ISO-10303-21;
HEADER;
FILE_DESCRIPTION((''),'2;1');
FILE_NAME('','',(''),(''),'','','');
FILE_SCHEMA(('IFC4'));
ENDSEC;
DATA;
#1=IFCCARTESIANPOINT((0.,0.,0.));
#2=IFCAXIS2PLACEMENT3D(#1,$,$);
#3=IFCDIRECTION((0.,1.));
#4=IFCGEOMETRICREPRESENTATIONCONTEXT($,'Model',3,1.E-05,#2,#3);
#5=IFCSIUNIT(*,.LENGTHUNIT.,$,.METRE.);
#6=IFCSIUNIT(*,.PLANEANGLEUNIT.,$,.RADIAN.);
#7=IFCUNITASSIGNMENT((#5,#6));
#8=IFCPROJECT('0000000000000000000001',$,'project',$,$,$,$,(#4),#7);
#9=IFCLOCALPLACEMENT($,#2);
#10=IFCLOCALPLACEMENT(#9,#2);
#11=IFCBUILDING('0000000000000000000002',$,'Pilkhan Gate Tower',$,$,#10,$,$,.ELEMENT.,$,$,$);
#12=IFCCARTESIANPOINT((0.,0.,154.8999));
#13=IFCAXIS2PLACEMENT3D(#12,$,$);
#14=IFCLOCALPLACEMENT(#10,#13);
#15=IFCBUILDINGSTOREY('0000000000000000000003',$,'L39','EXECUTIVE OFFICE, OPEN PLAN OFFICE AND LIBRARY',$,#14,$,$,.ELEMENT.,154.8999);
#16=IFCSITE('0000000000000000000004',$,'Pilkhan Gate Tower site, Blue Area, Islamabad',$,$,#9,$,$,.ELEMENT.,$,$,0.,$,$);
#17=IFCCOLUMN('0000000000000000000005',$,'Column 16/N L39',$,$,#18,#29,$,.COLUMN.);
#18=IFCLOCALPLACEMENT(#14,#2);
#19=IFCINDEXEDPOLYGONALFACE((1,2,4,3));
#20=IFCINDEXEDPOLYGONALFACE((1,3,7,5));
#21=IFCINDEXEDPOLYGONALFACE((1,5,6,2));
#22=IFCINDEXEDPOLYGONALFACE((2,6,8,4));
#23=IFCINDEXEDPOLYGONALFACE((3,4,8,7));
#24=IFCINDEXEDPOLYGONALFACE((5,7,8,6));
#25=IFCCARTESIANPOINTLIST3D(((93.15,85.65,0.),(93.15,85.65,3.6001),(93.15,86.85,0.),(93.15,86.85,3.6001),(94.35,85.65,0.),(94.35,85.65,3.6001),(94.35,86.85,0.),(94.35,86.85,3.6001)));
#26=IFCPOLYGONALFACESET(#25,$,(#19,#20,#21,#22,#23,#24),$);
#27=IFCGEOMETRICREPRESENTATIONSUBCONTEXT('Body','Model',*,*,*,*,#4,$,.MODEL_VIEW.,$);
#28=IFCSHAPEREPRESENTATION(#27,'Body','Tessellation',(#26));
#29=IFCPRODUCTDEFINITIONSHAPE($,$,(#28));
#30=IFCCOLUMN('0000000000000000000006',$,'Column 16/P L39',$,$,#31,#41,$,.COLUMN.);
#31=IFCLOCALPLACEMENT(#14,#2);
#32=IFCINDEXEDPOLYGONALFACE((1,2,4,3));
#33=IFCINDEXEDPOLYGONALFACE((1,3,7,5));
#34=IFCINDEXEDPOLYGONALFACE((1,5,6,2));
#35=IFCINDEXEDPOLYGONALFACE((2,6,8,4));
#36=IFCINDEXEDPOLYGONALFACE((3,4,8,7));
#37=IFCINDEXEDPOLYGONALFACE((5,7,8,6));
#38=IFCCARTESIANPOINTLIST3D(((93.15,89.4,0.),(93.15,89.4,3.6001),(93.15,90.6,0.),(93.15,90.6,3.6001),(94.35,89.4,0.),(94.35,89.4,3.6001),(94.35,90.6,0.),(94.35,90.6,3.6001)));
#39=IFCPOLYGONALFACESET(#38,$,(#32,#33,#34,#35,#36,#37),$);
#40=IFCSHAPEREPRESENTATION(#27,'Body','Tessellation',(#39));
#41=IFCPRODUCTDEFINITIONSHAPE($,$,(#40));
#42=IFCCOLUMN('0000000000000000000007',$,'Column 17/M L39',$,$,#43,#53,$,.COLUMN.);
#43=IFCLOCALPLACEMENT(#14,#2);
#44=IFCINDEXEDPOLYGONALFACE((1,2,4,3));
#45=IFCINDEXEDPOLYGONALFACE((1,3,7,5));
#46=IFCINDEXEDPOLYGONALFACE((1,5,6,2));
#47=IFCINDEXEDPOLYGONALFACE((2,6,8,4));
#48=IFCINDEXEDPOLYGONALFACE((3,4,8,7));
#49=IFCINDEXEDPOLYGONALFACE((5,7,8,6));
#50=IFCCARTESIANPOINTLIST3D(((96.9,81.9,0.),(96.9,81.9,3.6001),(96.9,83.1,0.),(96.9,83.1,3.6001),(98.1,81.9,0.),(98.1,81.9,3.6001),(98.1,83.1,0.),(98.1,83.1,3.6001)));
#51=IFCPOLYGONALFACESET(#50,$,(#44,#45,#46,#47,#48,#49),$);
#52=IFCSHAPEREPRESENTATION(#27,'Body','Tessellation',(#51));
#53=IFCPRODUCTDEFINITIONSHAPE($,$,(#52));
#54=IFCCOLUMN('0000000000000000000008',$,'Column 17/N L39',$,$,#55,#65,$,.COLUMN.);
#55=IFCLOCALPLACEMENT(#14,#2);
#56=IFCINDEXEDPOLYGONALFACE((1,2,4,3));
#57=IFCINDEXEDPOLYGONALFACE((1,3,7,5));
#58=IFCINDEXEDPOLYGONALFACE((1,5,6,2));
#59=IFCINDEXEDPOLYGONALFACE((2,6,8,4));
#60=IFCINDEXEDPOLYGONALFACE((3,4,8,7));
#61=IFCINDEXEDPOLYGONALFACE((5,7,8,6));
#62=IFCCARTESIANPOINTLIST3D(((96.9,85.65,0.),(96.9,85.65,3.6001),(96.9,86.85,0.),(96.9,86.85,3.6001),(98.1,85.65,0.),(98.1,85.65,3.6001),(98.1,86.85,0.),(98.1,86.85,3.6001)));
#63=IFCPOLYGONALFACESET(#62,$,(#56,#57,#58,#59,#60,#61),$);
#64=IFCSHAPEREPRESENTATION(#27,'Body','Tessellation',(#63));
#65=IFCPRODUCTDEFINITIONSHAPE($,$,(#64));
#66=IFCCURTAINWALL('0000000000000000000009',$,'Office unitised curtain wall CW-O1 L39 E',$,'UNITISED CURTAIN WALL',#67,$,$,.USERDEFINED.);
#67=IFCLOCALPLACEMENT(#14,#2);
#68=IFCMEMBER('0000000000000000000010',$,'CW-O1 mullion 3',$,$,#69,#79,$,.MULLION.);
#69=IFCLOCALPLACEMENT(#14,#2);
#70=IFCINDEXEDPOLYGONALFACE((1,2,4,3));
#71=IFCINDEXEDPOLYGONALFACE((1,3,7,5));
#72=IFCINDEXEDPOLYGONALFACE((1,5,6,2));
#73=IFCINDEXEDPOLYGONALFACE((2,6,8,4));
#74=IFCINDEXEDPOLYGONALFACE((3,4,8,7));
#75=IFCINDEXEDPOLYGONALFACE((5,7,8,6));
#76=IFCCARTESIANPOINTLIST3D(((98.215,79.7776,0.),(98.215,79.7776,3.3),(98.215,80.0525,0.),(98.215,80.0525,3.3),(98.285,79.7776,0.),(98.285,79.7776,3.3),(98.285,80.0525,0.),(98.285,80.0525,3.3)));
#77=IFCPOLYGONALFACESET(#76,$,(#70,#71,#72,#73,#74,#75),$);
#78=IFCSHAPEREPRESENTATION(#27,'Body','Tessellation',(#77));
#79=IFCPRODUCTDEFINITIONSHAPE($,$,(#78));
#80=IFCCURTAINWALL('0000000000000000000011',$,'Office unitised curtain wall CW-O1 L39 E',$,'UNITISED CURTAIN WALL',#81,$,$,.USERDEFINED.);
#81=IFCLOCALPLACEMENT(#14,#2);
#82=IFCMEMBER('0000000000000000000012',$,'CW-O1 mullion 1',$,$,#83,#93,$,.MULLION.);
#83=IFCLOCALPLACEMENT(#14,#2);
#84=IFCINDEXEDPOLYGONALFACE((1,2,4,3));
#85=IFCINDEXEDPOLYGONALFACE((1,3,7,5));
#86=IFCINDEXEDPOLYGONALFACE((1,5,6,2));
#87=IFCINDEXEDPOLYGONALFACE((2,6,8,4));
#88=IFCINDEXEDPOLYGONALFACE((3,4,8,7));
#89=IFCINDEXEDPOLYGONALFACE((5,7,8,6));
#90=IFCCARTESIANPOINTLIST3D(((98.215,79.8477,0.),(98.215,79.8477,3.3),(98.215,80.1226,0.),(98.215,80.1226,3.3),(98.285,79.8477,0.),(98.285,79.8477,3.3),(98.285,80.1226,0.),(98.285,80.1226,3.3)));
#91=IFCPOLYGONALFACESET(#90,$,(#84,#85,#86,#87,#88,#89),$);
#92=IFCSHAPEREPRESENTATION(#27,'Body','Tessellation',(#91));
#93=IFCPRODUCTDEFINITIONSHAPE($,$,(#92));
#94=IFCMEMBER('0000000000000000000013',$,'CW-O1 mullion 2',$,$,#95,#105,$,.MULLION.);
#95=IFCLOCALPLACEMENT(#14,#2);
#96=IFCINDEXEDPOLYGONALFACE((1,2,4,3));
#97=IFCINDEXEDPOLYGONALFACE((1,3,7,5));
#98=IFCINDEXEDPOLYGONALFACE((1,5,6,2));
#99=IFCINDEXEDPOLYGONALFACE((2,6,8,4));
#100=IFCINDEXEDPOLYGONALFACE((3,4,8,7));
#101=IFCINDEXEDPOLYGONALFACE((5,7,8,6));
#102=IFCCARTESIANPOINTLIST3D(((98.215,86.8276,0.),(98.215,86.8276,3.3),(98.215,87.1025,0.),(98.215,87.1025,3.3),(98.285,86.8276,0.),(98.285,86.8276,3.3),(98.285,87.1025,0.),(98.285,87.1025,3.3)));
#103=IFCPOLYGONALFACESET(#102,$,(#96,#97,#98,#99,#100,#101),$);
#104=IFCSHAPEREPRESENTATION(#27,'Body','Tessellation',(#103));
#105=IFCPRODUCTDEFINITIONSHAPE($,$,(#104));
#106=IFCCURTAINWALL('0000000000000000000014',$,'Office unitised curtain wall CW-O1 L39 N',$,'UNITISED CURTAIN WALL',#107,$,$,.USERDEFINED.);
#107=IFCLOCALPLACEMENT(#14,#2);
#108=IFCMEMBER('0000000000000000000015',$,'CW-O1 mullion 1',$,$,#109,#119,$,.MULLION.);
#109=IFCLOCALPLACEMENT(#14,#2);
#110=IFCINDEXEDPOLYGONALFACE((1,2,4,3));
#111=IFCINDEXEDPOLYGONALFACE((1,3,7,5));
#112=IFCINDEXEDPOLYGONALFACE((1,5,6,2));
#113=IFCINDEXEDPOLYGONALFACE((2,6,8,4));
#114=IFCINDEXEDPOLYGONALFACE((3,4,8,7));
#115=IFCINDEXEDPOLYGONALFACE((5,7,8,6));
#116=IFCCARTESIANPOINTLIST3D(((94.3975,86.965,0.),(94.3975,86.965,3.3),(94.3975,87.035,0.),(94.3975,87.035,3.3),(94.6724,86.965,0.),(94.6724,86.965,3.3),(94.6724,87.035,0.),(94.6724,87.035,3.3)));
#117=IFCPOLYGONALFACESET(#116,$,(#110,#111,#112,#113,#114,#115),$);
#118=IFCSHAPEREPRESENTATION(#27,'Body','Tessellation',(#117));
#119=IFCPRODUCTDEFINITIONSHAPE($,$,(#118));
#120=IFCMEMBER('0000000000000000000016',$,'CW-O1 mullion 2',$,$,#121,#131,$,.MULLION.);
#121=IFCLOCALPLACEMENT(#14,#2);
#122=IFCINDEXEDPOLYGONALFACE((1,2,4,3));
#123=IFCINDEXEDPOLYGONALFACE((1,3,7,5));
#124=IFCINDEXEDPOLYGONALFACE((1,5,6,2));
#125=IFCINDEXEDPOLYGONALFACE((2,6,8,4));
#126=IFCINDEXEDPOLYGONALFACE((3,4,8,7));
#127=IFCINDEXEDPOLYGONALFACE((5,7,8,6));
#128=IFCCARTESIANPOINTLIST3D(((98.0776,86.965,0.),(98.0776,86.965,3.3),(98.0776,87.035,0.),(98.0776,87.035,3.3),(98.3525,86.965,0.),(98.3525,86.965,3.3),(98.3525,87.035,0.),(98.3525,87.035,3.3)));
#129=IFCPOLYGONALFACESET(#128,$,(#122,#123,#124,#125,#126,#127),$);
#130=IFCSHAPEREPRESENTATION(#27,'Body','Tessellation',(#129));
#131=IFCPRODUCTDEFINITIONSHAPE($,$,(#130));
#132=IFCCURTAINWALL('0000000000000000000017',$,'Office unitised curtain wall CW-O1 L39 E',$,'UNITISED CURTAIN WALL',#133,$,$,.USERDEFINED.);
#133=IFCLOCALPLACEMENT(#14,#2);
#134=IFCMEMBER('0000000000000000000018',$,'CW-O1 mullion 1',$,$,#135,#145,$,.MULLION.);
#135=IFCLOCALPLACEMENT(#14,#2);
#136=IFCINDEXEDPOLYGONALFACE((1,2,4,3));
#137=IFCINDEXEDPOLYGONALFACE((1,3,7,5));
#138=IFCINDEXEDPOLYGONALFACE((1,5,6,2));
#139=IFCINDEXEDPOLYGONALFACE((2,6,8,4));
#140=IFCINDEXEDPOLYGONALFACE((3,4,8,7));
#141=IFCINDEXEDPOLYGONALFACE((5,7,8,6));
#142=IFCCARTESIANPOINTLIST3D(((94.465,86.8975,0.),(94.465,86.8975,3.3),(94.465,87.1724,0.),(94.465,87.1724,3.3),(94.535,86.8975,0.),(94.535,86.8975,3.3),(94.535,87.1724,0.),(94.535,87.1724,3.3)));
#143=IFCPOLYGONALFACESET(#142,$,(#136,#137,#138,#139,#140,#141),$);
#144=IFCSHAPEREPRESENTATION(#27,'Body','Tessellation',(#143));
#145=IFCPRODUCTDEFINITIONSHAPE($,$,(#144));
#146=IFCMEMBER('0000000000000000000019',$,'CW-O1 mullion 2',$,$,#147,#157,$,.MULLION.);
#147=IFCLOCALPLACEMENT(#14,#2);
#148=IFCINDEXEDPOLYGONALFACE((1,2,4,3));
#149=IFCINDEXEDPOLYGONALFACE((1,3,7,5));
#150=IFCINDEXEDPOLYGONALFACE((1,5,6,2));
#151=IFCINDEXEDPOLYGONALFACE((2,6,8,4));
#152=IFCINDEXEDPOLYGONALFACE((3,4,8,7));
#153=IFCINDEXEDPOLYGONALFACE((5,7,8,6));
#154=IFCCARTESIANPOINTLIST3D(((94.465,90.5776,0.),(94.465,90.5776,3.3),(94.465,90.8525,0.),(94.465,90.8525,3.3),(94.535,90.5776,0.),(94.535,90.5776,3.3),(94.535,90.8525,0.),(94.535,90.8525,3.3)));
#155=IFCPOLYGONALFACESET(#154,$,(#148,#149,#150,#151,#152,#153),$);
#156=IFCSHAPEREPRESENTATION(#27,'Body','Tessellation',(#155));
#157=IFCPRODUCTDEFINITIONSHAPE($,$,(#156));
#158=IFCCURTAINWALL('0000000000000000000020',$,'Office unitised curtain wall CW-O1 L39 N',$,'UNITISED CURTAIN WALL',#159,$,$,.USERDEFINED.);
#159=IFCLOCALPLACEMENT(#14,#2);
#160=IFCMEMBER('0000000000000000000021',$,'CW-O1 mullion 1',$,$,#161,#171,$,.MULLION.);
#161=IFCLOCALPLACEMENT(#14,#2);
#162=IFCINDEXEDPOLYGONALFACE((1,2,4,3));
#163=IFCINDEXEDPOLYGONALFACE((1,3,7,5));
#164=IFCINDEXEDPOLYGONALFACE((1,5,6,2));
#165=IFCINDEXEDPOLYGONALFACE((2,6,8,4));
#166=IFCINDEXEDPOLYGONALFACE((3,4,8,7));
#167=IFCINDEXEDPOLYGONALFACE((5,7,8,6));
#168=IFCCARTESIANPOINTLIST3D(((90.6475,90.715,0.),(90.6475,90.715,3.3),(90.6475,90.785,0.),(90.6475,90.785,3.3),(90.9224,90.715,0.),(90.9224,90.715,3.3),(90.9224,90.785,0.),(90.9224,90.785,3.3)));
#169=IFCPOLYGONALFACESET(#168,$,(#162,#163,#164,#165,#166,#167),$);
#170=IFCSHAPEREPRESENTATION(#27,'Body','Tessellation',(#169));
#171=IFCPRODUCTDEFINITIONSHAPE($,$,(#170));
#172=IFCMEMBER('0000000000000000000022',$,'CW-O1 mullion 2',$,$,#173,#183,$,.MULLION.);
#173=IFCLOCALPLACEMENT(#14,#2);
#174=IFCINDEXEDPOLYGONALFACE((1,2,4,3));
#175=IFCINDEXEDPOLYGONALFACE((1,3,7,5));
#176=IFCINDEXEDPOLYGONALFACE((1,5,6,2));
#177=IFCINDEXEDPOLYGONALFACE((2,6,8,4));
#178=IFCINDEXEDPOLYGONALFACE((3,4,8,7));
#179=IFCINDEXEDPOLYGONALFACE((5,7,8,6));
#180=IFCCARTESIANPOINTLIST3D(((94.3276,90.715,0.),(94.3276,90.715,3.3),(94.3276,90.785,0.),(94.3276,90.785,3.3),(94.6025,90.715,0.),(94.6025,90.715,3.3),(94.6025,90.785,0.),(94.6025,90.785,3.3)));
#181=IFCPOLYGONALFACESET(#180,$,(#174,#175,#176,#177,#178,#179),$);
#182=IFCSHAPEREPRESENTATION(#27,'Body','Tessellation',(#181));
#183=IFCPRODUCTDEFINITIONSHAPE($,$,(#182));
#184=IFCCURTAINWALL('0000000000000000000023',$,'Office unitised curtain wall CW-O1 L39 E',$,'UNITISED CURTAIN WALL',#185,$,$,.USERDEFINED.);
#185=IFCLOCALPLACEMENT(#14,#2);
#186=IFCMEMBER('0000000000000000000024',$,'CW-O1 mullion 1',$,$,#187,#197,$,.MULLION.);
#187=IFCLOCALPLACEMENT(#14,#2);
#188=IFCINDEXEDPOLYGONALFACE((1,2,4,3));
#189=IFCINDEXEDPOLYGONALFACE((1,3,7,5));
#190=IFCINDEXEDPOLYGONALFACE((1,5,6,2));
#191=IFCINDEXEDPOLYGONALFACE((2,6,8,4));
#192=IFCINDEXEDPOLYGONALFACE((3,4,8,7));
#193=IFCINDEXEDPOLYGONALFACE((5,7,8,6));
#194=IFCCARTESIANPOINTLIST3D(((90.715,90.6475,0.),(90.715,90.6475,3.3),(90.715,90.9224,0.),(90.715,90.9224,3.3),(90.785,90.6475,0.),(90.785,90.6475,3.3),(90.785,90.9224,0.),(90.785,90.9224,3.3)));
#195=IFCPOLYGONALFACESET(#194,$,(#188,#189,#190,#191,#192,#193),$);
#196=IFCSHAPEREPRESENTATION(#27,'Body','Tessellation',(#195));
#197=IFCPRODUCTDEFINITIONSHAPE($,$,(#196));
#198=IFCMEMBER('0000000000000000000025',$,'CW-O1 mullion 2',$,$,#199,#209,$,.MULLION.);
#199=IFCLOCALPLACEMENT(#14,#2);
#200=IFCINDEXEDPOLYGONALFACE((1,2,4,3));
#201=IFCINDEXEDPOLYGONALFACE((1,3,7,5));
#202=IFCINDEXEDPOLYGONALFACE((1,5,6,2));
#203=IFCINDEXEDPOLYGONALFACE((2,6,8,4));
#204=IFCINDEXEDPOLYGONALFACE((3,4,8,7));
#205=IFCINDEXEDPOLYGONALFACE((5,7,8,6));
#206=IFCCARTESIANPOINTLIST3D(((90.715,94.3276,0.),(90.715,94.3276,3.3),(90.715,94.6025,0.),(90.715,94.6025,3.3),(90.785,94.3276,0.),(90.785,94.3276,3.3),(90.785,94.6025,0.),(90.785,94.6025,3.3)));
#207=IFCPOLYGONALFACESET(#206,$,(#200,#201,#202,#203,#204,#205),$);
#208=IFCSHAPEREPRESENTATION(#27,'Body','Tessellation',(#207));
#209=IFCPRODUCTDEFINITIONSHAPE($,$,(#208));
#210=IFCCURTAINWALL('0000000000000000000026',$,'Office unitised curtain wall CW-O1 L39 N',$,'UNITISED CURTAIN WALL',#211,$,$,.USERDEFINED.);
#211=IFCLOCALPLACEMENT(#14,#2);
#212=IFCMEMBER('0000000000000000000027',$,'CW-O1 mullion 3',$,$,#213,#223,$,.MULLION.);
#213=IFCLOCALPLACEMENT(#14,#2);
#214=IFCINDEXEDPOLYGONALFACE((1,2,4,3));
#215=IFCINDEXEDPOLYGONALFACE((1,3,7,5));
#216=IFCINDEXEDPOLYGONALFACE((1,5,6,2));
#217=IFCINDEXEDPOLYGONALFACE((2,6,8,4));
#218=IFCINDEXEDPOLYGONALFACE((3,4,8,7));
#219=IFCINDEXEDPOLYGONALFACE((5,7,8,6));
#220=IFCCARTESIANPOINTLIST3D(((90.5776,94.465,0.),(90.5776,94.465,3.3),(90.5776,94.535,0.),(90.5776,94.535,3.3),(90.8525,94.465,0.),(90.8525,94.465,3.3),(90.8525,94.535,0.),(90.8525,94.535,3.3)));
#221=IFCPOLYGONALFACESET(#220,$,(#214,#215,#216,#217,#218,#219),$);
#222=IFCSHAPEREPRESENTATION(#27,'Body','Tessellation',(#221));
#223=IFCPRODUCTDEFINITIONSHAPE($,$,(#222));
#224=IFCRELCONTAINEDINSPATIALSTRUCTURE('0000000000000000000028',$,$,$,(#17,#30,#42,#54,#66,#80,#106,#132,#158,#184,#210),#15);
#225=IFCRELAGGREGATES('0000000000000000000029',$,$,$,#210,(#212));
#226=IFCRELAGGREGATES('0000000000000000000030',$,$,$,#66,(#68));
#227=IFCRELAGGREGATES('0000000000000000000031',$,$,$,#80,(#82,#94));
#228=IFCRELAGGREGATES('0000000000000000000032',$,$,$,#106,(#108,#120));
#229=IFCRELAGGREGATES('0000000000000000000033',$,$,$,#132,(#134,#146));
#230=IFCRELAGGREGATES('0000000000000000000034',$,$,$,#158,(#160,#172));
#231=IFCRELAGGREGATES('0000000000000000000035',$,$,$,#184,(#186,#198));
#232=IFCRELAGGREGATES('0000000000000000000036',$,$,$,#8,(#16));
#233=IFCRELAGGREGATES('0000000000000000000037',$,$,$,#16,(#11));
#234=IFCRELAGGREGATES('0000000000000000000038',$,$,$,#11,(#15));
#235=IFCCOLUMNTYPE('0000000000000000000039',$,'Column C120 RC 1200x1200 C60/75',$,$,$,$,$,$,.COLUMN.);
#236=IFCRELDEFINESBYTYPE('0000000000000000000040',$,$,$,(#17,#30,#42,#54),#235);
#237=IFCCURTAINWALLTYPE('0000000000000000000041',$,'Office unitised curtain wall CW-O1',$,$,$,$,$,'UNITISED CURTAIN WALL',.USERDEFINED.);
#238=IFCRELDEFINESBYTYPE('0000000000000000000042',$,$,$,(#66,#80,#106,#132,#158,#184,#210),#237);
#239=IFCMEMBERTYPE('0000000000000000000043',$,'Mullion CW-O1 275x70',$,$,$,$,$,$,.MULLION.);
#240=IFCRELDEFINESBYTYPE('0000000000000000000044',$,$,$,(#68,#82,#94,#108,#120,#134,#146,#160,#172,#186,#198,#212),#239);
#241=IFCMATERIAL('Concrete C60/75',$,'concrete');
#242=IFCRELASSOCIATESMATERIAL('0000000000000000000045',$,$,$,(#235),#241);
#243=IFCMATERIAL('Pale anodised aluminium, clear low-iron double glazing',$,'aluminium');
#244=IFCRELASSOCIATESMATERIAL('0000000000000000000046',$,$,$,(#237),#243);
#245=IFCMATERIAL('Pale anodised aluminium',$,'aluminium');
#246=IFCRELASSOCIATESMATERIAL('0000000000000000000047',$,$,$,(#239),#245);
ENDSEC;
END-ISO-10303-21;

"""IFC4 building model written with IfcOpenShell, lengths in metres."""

from ifc_helpers import new_model, si_unit, direction, frame, origin, origin_2d, place, context, subcontext, project, spatial, rectangle, extrude, material, material_profile, profile_set, type_object, element, aggregate, save


model = new_model("IFC4")

# Units and contexts
model_context = context("Model", 3, precision=1e-05, world=origin(), true_north=direction((0.0, 1.0)))
body_context = subcontext(model_context, "Body", "Model", "MODEL_VIEW")
ifc_project = project(units=[si_unit("LENGTHUNIT", "METRE"), si_unit("PLANEANGLEUNIT", "RADIAN")], contexts=[model_context])

# Site, building, storey
site_placement = place(None, origin())
site = spatial("IfcSite", under=ifc_project, at=site_placement, Name="Pilkhan Gate Tower site, Blue Area, Islamabad", CompositionType="ELEMENT", RefElevation=0.0)
building_placement = place(site_placement, origin())
building = spatial("IfcBuilding", under=site, at=building_placement, Name="Pilkhan Gate Tower", CompositionType="ELEMENT")
storey_placement = place(building_placement, frame((0.0, 0.0, 154.8999)))
storey = spatial("IfcBuildingStorey", under=building, at=storey_placement, Name="L39", Description="EXECUTIVE OFFICE, OPEN PLAN OFFICE AND LIBRARY", CompositionType="ELEMENT", Elevation=154.8999)

# Columns
ifc_material_1 = material(Name="Concrete C60/75", Category="concrete")
ifc_material_profile_1 = material_profile(ifc_material_1, rectangle(XDim=1.2, YDim=1.2, at=origin_2d()), Name="RC 1200x1200")
ifc_profile_set_1 = profile_set([ifc_material_profile_1], Name="Concrete C60/75")
column_type = type_object("IfcColumnType", Name="Column C120 RC 1200x1200 C60/75", PredefinedType="COLUMN", material=ifc_profile_set_1)
for number, where, z_axis, x_axis, name in (
    (1, (93.75, 86.25, 0.0), (0.0, 0.0, 1.0), (1.0, 0.0, 0.0), "Column 16/N L39"),
    (2, (93.75, 90.0, 0.0), (0.0, 0.0, 1.0), (1.0, 0.0, 0.0), "Column 16/P L39"),
    (3, (97.5, 82.5, 0.0), (0.0, 0.0, 1.0), (1.0, 0.0, 0.0), "Column 17/M L39"),
    (4, (97.5, 86.25, 0.0), (0.0, 0.0, 1.0), (1.0, 0.0, 0.0), "Column 17/N L39"),
):
    element("IfcColumn", number, at=place(storey_placement, frame(where, z_axis=z_axis, x_axis=x_axis)), inside=storey, type_object=column_type, Name=name, PredefinedType="COLUMN", context=body_context, shape_type="SweptSolid", body=[
        extrude(rectangle(XDim=1.2, YDim=1.2, at=origin_2d()), origin(), (0.0, 0.0, 1.0), 3.6001),
    ])

# Curtain wall, member
ifc_material_2 = material(Name="Pale anodised aluminium, clear low-iron double glazing", Category="aluminium")
curtain_wall_type = type_object("IfcCurtainWallType", Name="Office unitised curtain wall CW-O1", ElementType="UNITISED CURTAIN WALL", PredefinedType="USERDEFINED", material=ifc_material_2)
curtain_wall_1_placement = place(storey_placement, origin())
curtain_wall_1 = element("IfcCurtainWall", 5, at=curtain_wall_1_placement, inside=storey, type_object=curtain_wall_type, Name="Office unitised curtain wall CW-O1 L39 E", ObjectType="UNITISED CURTAIN WALL", PredefinedType="USERDEFINED")
ifc_material_3 = material(Name="Pale anodised aluminium", Category="aluminium")
ifc_material_profile_2 = material_profile(ifc_material_3, rectangle(XDim=0.0701, YDim=0.2749, at=origin_2d()), Name="Mullion 275x70")
ifc_profile_set_2 = profile_set([ifc_material_profile_2], Name="Pale anodised aluminium")
member_type_1 = type_object("IfcMemberType", Name="Mullion CW-O1 275x70", PredefinedType="MULLION", material=ifc_profile_set_2)
member_1_placement = place(storey_placement, frame((98.25, 79.915, 0.0), z_axis=(0.0, 0.0, 1.0), x_axis=(-1.0, 0.0, 0.0)))
member_1 = element("IfcMember", 6, at=member_1_placement, type_object=member_type_1, Name="CW-O1 mullion 3", PredefinedType="MULLION", context=body_context, shape_type="SweptSolid", body=[
    extrude(rectangle(XDim=0.0701, YDim=0.2749, at=origin_2d()), origin(), (0.0, 0.0, 1.0), 3.3),
])

# Curtain walls, members
curtain_wall_2_placement = place(storey_placement, origin())
curtain_wall_2 = element("IfcCurtainWall", 7, at=curtain_wall_2_placement, inside=storey, type_object=curtain_wall_type, Name="Office unitised curtain wall CW-O1 L39 E", ObjectType="UNITISED CURTAIN WALL", PredefinedType="USERDEFINED")
member_2_placement = place(storey_placement, frame((98.25, 79.9851, 0.0), z_axis=(0.0, 0.0, 1.0), x_axis=(-1.0, 0.0, 0.0)))
member_2 = element("IfcMember", 8, at=member_2_placement, type_object=member_type_1, Name="CW-O1 mullion 1", PredefinedType="MULLION", context=body_context, shape_type="SweptSolid", body=[
    extrude(rectangle(XDim=0.0701, YDim=0.2749, at=origin_2d()), origin(), (0.0, 0.0, 1.0), 3.3),
])
member_3_placement = place(storey_placement, frame((98.25, 86.9651, 0.0), z_axis=(0.0, 0.0, 1.0), x_axis=(-1.0, 0.0, 0.0)))
member_3 = element("IfcMember", 9, at=member_3_placement, type_object=member_type_1, Name="CW-O1 mullion 2", PredefinedType="MULLION", context=body_context, shape_type="SweptSolid", body=[
    extrude(rectangle(XDim=0.0701, YDim=0.2749, at=origin_2d()), origin(), (0.0, 0.0, 1.0), 3.3),
])
curtain_wall_3_placement = place(storey_placement, origin())
curtain_wall_3 = element("IfcCurtainWall", 10, at=curtain_wall_3_placement, inside=storey, type_object=curtain_wall_type, Name="Office unitised curtain wall CW-O1 L39 N", ObjectType="UNITISED CURTAIN WALL", PredefinedType="USERDEFINED")
member_4_placement = place(storey_placement, frame((94.5349, 87.0, 0.0), z_axis=(0.0, 0.0, 1.0), x_axis=(0.0, 1.0, 0.0)))
member_4 = element("IfcMember", 11, at=member_4_placement, type_object=member_type_1, Name="CW-O1 mullion 1", PredefinedType="MULLION", context=body_context, shape_type="SweptSolid", body=[
    extrude(rectangle(XDim=0.0701, YDim=0.2749, at=origin_2d()), origin(), (0.0, 0.0, 1.0), 3.3),
])
member_5_placement = place(storey_placement, frame((98.2151, 87.0, 0.0), z_axis=(0.0, 0.0, 1.0), x_axis=(0.0, 1.0, 0.0)))
member_5 = element("IfcMember", 12, at=member_5_placement, type_object=member_type_1, Name="CW-O1 mullion 2", PredefinedType="MULLION", context=body_context, shape_type="SweptSolid", body=[
    extrude(rectangle(XDim=0.0701, YDim=0.2749, at=origin_2d()), origin(), (0.0, 0.0, 1.0), 3.3),
])
curtain_wall_4_placement = place(storey_placement, origin())
curtain_wall_4 = element("IfcCurtainWall", 13, at=curtain_wall_4_placement, inside=storey, type_object=curtain_wall_type, Name="Office unitised curtain wall CW-O1 L39 E", ObjectType="UNITISED CURTAIN WALL", PredefinedType="USERDEFINED")
member_6_placement = place(storey_placement, frame((94.5, 87.0349, 0.0), z_axis=(0.0, 0.0, 1.0), x_axis=(-1.0, 0.0, 0.0)))
member_6 = element("IfcMember", 14, at=member_6_placement, type_object=member_type_1, Name="CW-O1 mullion 1", PredefinedType="MULLION", context=body_context, shape_type="SweptSolid", body=[
    extrude(rectangle(XDim=0.0701, YDim=0.2749, at=origin_2d()), origin(), (0.0, 0.0, 1.0), 3.3),
])
member_7_placement = place(storey_placement, frame((94.5, 90.7151, 0.0), z_axis=(0.0, 0.0, 1.0), x_axis=(-1.0, 0.0, 0.0)))
member_7 = element("IfcMember", 15, at=member_7_placement, type_object=member_type_1, Name="CW-O1 mullion 2", PredefinedType="MULLION", context=body_context, shape_type="SweptSolid", body=[
    extrude(rectangle(XDim=0.0701, YDim=0.2749, at=origin_2d()), origin(), (0.0, 0.0, 1.0), 3.3),
])
curtain_wall_5_placement = place(storey_placement, origin())
curtain_wall_5 = element("IfcCurtainWall", 16, at=curtain_wall_5_placement, inside=storey, type_object=curtain_wall_type, Name="Office unitised curtain wall CW-O1 L39 N", ObjectType="UNITISED CURTAIN WALL", PredefinedType="USERDEFINED")
member_8_placement = place(storey_placement, frame((90.7849, 90.75, 0.0), z_axis=(0.0, 0.0, 1.0), x_axis=(0.0, 1.0, 0.0)))
member_8 = element("IfcMember", 17, at=member_8_placement, type_object=member_type_1, Name="CW-O1 mullion 1", PredefinedType="MULLION", context=body_context, shape_type="SweptSolid", body=[
    extrude(rectangle(XDim=0.0701, YDim=0.2749, at=origin_2d()), origin(), (0.0, 0.0, 1.0), 3.3),
])
member_9_placement = place(storey_placement, frame((94.4651, 90.75, 0.0), z_axis=(0.0, 0.0, 1.0), x_axis=(0.0, 1.0, 0.0)))
member_9 = element("IfcMember", 18, at=member_9_placement, type_object=member_type_1, Name="CW-O1 mullion 2", PredefinedType="MULLION", context=body_context, shape_type="SweptSolid", body=[
    extrude(rectangle(XDim=0.0701, YDim=0.2749, at=origin_2d()), origin(), (0.0, 0.0, 1.0), 3.3),
])
curtain_wall_6_placement = place(storey_placement, origin())
curtain_wall_6 = element("IfcCurtainWall", 19, at=curtain_wall_6_placement, inside=storey, type_object=curtain_wall_type, Name="Office unitised curtain wall CW-O1 L39 E", ObjectType="UNITISED CURTAIN WALL", PredefinedType="USERDEFINED")
member_10_placement = place(storey_placement, frame((90.75, 90.7849, 0.0), z_axis=(0.0, 0.0, 1.0), x_axis=(-1.0, 0.0, 0.0)))
member_10 = element("IfcMember", 20, at=member_10_placement, type_object=member_type_1, Name="CW-O1 mullion 1", PredefinedType="MULLION", context=body_context, shape_type="SweptSolid", body=[
    extrude(rectangle(XDim=0.0701, YDim=0.2749, at=origin_2d()), origin(), (0.0, 0.0, 1.0), 3.3),
])
member_11_placement = place(storey_placement, frame((90.75, 94.4651, 0.0), z_axis=(0.0, 0.0, 1.0), x_axis=(-1.0, 0.0, 0.0)))
member_11 = element("IfcMember", 21, at=member_11_placement, type_object=member_type_1, Name="CW-O1 mullion 2", PredefinedType="MULLION", context=body_context, shape_type="SweptSolid", body=[
    extrude(rectangle(XDim=0.0701, YDim=0.2749, at=origin_2d()), origin(), (0.0, 0.0, 1.0), 3.3),
])

# Curtain wall, member
curtain_wall_7_placement = place(storey_placement, origin())
curtain_wall_7 = element("IfcCurtainWall", 22, at=curtain_wall_7_placement, inside=storey, type_object=curtain_wall_type, Name="Office unitised curtain wall CW-O1 L39 N", ObjectType="UNITISED CURTAIN WALL", PredefinedType="USERDEFINED")
member_12_placement = place(storey_placement, frame((90.7151, 94.5, 0.0), z_axis=(0.0, 0.0, 1.0), x_axis=(0.0, 1.0, 0.0)))
member_12 = element("IfcMember", 23, at=member_12_placement, type_object=member_type_1, Name="CW-O1 mullion 3", PredefinedType="MULLION", context=body_context, shape_type="SweptSolid", body=[
    extrude(rectangle(XDim=0.0701, YDim=0.2749, at=origin_2d()), origin(), (0.0, 0.0, 1.0), 3.3),
])
aggregate(curtain_wall_7, [member_12])

aggregate(curtain_wall_1, [member_1])
aggregate(curtain_wall_2, [member_2, member_3])
aggregate(curtain_wall_3, [member_4, member_5])
aggregate(curtain_wall_4, [member_6, member_7])
aggregate(curtain_wall_5, [member_8, member_9])
aggregate(curtain_wall_6, [member_10, member_11])

save(model, "model.ifc")
